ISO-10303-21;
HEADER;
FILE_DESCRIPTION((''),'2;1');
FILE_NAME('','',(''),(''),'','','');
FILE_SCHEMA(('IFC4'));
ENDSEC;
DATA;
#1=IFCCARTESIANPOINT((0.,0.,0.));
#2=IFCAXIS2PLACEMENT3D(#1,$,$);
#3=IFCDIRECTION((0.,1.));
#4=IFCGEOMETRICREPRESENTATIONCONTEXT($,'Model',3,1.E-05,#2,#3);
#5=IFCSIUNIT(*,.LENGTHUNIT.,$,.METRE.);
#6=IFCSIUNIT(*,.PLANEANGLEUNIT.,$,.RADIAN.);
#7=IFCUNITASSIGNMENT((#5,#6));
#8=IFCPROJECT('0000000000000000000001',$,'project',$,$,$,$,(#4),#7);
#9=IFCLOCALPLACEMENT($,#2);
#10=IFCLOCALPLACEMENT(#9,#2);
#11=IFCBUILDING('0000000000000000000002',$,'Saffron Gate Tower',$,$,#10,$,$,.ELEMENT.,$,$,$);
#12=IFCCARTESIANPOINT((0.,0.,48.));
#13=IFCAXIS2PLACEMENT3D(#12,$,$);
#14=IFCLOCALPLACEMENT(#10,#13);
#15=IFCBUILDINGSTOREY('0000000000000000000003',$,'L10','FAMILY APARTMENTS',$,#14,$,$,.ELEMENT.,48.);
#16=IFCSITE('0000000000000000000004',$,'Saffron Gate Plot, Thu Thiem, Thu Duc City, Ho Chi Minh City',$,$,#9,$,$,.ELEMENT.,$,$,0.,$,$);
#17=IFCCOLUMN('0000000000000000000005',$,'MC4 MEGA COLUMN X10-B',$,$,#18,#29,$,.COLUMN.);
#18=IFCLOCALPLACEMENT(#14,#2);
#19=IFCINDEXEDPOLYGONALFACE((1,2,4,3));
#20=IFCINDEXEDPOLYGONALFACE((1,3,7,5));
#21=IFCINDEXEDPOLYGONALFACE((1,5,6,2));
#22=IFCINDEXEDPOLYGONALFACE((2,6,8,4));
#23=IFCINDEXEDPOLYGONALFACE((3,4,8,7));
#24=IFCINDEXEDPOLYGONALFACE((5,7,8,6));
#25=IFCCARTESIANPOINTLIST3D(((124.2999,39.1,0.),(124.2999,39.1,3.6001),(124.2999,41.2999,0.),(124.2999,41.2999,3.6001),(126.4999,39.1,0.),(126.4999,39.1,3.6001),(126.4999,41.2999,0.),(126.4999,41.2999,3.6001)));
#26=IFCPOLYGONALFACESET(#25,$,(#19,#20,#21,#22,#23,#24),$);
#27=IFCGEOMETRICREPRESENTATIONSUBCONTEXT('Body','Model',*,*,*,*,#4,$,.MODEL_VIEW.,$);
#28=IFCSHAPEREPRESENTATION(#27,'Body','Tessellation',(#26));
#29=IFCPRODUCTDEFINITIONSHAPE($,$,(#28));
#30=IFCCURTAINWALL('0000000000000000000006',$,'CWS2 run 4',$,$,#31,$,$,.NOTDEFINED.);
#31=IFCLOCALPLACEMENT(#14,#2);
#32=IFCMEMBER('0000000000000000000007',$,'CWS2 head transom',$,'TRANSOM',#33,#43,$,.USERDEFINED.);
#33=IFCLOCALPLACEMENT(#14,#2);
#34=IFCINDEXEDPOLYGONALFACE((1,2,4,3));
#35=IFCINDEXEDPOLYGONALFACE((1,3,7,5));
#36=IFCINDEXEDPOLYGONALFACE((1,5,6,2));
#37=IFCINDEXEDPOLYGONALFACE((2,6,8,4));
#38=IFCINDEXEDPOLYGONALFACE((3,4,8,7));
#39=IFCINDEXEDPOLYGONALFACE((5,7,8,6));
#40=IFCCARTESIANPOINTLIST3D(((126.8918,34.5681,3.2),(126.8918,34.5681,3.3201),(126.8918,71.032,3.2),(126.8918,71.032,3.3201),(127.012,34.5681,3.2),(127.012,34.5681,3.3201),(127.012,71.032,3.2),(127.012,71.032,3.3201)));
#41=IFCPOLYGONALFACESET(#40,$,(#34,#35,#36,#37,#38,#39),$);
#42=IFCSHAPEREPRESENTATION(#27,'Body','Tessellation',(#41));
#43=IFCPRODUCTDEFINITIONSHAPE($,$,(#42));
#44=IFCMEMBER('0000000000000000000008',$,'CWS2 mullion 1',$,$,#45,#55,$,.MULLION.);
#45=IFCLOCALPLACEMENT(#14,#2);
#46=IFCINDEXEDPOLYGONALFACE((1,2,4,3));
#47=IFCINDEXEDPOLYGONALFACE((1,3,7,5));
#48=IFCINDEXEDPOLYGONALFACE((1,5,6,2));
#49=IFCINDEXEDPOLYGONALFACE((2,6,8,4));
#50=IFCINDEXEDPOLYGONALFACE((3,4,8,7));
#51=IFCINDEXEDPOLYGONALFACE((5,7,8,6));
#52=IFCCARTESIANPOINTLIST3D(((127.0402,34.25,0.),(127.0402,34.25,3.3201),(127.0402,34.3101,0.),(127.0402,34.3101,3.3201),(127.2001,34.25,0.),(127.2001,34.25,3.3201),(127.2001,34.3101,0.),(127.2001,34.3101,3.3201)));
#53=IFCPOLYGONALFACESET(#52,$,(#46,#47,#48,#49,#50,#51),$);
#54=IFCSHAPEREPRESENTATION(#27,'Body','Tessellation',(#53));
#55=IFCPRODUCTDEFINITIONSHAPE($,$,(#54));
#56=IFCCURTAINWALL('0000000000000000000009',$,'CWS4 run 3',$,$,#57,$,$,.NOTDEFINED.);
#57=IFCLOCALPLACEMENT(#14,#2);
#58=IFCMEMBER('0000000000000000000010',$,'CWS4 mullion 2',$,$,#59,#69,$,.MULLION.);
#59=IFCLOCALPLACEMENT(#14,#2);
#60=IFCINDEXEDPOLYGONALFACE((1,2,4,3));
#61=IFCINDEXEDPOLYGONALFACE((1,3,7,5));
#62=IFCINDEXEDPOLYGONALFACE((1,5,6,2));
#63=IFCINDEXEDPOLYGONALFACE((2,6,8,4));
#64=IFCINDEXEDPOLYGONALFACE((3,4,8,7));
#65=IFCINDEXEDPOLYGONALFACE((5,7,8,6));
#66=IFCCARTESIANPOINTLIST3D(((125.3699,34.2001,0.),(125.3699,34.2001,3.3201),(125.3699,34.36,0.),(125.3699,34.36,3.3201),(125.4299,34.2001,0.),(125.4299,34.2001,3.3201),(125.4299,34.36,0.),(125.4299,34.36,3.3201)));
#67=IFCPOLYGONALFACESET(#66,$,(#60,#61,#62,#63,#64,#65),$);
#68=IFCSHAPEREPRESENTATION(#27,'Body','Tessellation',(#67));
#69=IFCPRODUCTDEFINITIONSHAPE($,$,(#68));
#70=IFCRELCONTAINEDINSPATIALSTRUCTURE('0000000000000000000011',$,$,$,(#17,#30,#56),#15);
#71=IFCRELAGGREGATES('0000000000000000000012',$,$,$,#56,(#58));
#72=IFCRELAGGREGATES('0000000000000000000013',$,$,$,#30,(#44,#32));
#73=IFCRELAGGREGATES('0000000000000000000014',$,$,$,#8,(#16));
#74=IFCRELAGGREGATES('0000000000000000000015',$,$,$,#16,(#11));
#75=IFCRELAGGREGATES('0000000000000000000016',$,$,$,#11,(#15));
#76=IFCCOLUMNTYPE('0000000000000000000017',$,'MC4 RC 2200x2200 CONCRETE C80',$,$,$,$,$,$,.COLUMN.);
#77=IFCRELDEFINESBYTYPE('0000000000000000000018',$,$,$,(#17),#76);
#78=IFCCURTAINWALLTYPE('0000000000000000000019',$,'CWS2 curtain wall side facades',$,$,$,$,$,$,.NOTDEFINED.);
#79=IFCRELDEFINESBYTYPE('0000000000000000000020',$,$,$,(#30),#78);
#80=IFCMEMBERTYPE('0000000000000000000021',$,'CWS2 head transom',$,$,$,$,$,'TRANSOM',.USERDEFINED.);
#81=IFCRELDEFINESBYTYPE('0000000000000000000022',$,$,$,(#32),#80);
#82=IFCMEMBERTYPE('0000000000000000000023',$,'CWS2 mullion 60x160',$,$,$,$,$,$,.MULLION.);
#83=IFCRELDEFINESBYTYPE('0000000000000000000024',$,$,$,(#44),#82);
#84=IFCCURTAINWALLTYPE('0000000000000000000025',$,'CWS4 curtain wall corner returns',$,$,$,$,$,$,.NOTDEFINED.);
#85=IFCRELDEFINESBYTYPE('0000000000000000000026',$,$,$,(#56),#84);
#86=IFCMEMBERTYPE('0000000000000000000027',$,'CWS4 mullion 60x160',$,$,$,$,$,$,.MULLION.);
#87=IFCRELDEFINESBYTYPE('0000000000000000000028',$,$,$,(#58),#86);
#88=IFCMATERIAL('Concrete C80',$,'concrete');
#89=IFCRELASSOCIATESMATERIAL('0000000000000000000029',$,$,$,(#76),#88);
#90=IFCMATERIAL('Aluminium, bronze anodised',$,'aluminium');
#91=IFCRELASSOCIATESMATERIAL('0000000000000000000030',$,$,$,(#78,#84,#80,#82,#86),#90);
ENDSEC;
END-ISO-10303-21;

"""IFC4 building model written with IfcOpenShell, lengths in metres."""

from ifc_helpers import new_model, si_unit, direction, frame, origin, origin_2d, place, context, subcontext, project, spatial, rectangle, extrude, material, material_profile, profile_set, type_object, element, aggregate, save


model = new_model("IFC4")

# Units and contexts
model_context = context("Model", 3, precision=1e-05, world=origin(), true_north=direction((0.0, 1.0)))
body_context = subcontext(model_context, "Body", "Model", "MODEL_VIEW")
ifc_project = project(units=[si_unit("LENGTHUNIT", "METRE"), si_unit("PLANEANGLEUNIT", "RADIAN")], contexts=[model_context])

# Site, building, storey
site_placement = place(None, origin())
site = spatial("IfcSite", under=ifc_project, at=site_placement, Name="Saffron Gate Plot, Thu Thiem, Thu Duc City, Ho Chi Minh City", CompositionType="ELEMENT", RefElevation=0.0)
building_placement = place(site_placement, origin())
building = spatial("IfcBuilding", under=site, at=building_placement, Name="Saffron Gate Tower", CompositionType="ELEMENT")
storey_placement = place(building_placement, frame((0.0, 0.0, 48.0)))
storey = spatial("IfcBuildingStorey", under=building, at=storey_placement, Name="L10", Description="FAMILY APARTMENTS", CompositionType="ELEMENT", Elevation=48.0)

# Column
ifc_material_1 = material(Name="Concrete C80", Category="concrete")
ifc_material_profile_1 = material_profile(ifc_material_1, rectangle(XDim=2.2, YDim=2.2, at=origin_2d()))
ifc_profile_set_1 = profile_set([ifc_material_profile_1], Name="Concrete C80")
column_type = type_object("IfcColumnType", Name="MC4 RC 2200x2200 CONCRETE C80", PredefinedType="COLUMN", material=ifc_profile_set_1)
column_placement = place(storey_placement, frame((125.3999, 40.2, 0.0), z_axis=(0.0, 0.0, 1.0), x_axis=(1.0, 0.0, 0.0)))
element("IfcColumn", 1, at=column_placement, inside=storey, type_object=column_type, Name="MC4 MEGA COLUMN X10-B", PredefinedType="COLUMN", context=body_context, shape_type="SweptSolid", body=[
    extrude(rectangle(XDim=2.2, YDim=2.2, at=origin_2d()), origin(), (0.0, 0.0, 1.0), 3.6001),
])

# Curtain wall, members
ifc_material_2 = material(Name="Aluminium, bronze anodised", Category="aluminium")
curtain_wall_type_1 = type_object("IfcCurtainWallType", Name="CWS2 curtain wall side facades", PredefinedType="NOTDEFINED", material=ifc_material_2)
curtain_wall_1_placement = place(storey_placement, origin())
curtain_wall_1 = element("IfcCurtainWall", 2, at=curtain_wall_1_placement, inside=storey, type_object=curtain_wall_type_1, Name="CWS2 run 4", PredefinedType="NOTDEFINED")
ifc_material_profile_2 = material_profile(ifc_material_2, rectangle(XDim=0.1201, YDim=0.1201, at=origin_2d()))
ifc_profile_set_2 = profile_set([ifc_material_profile_2], Name="Aluminium, bronze anodised")
member_type_1 = type_object("IfcMemberType", Name="CWS2 head transom", ElementType="TRANSOM", PredefinedType="USERDEFINED", material=ifc_profile_set_2)
member_1_placement = place(storey_placement, frame((126.9519, 34.5681, 3.26), z_axis=(0.0, 1.0, 0.0), x_axis=(-1.0, 0.0, 0.0)))
member_1 = element("IfcMember", 3, at=member_1_placement, type_object=member_type_1, Name="CWS2 head transom", ObjectType="TRANSOM", PredefinedType="USERDEFINED", context=body_context, shape_type="SweptSolid", body=[
    extrude(rectangle(XDim=0.1201, YDim=0.1201, at=origin_2d()), origin(), (0.0, 0.0, 1.0), 36.4639),
])
ifc_material_profile_3 = material_profile(ifc_material_2, rectangle(XDim=0.1599, YDim=0.0601, at=origin_2d()))
ifc_profile_set_3 = profile_set([ifc_material_profile_3], Name="Aluminium, bronze anodised")
member_type_2 = type_object("IfcMemberType", Name="CWS2 mullion 60x160", PredefinedType="MULLION", material=ifc_profile_set_3)
member_2_placement = place(storey_placement, frame((127.1201, 34.28, 0.0), z_axis=(0.0, 0.0, 1.0), x_axis=(-1.0, 0.0, 0.0)))
member_2 = element("IfcMember", 4, at=member_2_placement, type_object=member_type_2, Name="CWS2 mullion 1", PredefinedType="MULLION", context=body_context, shape_type="SweptSolid", body=[
    extrude(rectangle(XDim=0.1599, YDim=0.0601, at=origin_2d()), origin(), (0.0, 0.0, 1.0), 3.3201),
])

# Curtain wall, member
curtain_wall_type_2 = type_object("IfcCurtainWallType", Name="CWS4 curtain wall corner returns", PredefinedType="NOTDEFINED", material=ifc_material_2)
curtain_wall_2_placement = place(storey_placement, origin())
curtain_wall_2 = element("IfcCurtainWall", 5, at=curtain_wall_2_placement, inside=storey, type_object=curtain_wall_type_2, Name="CWS4 run 3", PredefinedType="NOTDEFINED")
ifc_material_profile_4 = material_profile(ifc_material_2, rectangle(XDim=0.1599, YDim=0.0601, at=origin_2d()))
ifc_profile_set_4 = profile_set([ifc_material_profile_4], Name="Aluminium, bronze anodised")
member_type_3 = type_object("IfcMemberType", Name="CWS4 mullion 60x160", PredefinedType="MULLION", material=ifc_profile_set_4)
member_3_placement = place(storey_placement, frame((125.3999, 34.28, 0.0), z_axis=(0.0, 0.0, 1.0), x_axis=(0.0, 1.0, 0.0)))
member_3 = element("IfcMember", 6, at=member_3_placement, type_object=member_type_3, Name="CWS4 mullion 2", PredefinedType="MULLION", context=body_context, shape_type="SweptSolid", body=[
    extrude(rectangle(XDim=0.1599, YDim=0.0601, at=origin_2d()), origin(), (0.0, 0.0, 1.0), 3.3201),
])
aggregate(curtain_wall_2, [member_3])

aggregate(curtain_wall_1, [member_2, member_1])

save(model, "model.ifc")
